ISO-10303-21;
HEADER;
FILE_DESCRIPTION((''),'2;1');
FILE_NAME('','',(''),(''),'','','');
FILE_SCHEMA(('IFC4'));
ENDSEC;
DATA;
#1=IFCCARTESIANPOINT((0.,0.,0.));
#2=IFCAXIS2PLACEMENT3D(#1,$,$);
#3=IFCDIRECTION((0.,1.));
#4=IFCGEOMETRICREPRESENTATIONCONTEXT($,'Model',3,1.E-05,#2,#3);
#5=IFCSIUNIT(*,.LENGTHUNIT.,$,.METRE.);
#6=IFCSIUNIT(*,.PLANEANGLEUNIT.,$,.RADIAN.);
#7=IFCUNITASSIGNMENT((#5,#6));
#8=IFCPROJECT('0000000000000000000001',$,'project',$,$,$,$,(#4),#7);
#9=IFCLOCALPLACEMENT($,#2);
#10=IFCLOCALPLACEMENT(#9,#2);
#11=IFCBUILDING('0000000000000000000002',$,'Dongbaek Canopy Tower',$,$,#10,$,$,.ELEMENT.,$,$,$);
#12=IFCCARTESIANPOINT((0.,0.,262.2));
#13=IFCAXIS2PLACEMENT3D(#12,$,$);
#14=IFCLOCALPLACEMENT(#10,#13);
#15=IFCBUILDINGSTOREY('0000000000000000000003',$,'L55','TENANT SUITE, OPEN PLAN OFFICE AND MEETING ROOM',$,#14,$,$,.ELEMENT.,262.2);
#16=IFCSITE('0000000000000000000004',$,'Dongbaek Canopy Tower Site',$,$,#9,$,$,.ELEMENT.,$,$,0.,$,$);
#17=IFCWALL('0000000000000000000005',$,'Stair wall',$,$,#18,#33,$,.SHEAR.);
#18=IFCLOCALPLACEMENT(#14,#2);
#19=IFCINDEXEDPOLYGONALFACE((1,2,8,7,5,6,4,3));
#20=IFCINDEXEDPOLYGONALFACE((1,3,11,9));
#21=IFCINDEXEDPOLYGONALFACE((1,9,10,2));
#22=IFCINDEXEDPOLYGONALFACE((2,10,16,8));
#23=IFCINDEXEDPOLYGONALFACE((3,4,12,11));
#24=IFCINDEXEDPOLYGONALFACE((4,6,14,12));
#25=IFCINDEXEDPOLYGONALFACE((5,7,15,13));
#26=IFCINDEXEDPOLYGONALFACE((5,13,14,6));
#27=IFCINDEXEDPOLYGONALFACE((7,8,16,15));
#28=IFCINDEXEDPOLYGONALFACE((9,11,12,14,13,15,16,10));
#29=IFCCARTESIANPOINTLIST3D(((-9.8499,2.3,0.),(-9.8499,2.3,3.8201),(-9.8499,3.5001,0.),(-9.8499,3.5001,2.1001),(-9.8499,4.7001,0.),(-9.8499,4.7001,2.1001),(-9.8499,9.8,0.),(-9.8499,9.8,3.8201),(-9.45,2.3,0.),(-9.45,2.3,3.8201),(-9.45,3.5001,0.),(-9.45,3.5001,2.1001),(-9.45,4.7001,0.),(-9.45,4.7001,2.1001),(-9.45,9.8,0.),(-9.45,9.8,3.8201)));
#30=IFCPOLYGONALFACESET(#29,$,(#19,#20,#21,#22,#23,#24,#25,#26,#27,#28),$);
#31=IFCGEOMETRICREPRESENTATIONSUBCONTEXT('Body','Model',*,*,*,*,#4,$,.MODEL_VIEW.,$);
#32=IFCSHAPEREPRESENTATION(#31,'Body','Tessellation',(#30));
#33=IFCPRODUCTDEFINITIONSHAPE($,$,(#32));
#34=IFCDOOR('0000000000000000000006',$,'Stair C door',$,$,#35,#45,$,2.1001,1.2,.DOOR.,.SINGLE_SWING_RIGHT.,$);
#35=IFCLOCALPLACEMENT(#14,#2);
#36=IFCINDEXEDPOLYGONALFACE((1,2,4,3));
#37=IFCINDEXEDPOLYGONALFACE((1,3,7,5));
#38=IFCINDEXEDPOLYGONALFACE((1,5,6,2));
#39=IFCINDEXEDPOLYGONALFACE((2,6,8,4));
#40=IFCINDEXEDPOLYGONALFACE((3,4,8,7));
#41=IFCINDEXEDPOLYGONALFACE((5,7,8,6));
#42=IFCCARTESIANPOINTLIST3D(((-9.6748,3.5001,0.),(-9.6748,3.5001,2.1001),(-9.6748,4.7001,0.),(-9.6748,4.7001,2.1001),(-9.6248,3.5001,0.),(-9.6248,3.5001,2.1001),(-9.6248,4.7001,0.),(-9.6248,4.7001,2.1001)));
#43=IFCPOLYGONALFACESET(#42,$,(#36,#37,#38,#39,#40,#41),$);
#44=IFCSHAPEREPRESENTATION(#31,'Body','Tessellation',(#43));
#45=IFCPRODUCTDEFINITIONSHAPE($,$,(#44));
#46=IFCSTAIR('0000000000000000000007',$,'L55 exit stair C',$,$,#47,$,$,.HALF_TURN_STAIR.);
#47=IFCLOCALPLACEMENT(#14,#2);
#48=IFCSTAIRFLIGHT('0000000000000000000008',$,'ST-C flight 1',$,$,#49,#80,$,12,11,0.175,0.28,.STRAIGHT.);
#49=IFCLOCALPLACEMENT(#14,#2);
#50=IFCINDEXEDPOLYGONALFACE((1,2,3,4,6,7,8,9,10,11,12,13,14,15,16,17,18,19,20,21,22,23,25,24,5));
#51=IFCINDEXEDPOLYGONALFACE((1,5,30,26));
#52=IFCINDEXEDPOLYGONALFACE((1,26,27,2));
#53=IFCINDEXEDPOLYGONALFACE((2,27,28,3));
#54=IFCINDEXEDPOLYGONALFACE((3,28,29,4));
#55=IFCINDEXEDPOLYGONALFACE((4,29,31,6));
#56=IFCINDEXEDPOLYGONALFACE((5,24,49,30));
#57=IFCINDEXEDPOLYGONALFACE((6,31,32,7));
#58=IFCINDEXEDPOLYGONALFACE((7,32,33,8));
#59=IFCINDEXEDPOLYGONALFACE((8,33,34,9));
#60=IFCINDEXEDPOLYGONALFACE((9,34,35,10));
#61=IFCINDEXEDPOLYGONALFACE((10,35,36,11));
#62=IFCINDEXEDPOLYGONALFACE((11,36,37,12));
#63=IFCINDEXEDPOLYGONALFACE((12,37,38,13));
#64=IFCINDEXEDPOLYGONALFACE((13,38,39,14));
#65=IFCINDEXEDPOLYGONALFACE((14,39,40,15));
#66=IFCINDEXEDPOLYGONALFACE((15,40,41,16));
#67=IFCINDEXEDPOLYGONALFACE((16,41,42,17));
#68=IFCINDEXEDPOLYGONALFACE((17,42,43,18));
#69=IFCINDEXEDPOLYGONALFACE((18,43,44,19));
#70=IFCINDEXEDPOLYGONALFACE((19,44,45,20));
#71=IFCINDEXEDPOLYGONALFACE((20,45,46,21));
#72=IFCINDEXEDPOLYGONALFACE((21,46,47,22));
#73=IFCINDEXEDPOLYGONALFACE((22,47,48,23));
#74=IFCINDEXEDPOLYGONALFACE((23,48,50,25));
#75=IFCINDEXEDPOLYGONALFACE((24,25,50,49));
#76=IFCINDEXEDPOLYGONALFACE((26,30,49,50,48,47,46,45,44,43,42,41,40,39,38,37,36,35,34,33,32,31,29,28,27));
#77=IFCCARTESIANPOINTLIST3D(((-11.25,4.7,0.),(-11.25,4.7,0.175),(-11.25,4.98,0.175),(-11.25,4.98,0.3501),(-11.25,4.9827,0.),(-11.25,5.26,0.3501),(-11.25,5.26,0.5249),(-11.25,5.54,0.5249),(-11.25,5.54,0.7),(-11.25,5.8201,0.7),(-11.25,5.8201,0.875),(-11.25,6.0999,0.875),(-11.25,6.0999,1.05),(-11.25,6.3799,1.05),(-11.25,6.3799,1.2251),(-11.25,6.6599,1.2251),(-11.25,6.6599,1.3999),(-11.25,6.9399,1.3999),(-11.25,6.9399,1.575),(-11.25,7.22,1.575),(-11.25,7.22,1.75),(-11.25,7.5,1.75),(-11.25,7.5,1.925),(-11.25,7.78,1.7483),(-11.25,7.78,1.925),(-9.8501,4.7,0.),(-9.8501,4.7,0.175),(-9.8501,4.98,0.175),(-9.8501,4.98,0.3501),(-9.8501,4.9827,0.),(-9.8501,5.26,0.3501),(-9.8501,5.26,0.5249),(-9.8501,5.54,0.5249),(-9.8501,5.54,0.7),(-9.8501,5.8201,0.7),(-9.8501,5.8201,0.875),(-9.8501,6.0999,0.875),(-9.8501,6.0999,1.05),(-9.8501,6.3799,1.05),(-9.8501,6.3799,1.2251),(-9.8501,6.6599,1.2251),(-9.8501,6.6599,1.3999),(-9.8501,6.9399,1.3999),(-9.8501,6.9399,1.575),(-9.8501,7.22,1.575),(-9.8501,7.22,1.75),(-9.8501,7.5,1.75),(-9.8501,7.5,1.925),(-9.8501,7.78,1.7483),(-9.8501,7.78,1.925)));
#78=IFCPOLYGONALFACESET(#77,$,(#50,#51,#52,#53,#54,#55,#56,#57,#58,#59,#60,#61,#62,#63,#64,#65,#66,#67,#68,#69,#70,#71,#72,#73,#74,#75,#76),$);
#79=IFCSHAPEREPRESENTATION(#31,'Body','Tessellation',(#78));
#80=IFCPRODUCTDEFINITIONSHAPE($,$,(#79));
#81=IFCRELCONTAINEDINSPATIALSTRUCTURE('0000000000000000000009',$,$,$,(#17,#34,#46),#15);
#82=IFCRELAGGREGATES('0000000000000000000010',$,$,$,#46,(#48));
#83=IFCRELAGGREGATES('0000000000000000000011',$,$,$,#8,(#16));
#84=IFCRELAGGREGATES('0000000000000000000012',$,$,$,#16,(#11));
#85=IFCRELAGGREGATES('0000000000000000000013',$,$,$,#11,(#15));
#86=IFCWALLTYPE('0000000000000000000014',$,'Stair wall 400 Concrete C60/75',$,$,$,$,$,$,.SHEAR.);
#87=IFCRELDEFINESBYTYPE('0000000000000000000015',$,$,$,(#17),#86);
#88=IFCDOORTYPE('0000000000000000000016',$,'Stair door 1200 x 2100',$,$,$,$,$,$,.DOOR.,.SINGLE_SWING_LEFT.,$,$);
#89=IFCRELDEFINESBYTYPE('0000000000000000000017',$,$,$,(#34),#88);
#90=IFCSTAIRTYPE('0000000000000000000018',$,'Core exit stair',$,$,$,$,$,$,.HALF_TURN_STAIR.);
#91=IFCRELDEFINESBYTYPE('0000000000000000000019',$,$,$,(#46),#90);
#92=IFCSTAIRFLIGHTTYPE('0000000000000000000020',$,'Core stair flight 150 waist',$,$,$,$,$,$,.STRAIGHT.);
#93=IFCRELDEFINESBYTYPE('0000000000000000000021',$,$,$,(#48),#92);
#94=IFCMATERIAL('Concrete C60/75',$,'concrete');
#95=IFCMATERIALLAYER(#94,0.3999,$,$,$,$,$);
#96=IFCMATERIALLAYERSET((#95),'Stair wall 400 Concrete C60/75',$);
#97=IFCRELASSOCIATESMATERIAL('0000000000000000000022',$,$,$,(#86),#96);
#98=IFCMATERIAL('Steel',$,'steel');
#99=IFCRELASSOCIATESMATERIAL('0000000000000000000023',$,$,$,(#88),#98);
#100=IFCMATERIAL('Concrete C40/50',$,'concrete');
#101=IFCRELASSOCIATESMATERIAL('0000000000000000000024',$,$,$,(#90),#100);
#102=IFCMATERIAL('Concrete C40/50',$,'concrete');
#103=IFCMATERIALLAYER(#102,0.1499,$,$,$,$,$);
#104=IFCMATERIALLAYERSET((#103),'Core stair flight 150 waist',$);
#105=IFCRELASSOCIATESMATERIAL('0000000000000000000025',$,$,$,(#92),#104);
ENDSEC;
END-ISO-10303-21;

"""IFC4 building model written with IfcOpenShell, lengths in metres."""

from ifc_helpers import new_model, si_unit, direction, frame, frame_2d, origin, place, context, subcontext, project, spatial, polyline, rectangle, outline, extrude, material, layer, layer_set, type_object, element, fill, aggregate, save


model = new_model("IFC4")

# Units and contexts
model_context = context("Model", 3, precision=1e-05, world=origin(), true_north=direction((0.0, 1.0)))
body_context = subcontext(model_context, "Body", "Model", "MODEL_VIEW")
ifc_project = project(units=[si_unit("LENGTHUNIT", "METRE"), si_unit("PLANEANGLEUNIT", "RADIAN")], contexts=[model_context])

# Site, building, storey
site_placement = place(None, origin())
site = spatial("IfcSite", under=ifc_project, at=site_placement, Name="Dongbaek Canopy Tower Site", CompositionType="ELEMENT", RefElevation=0.0)
building_placement = place(site_placement, origin())
building = spatial("IfcBuilding", under=site, at=building_placement, Name="Dongbaek Canopy Tower", CompositionType="ELEMENT")
storey_placement = place(building_placement, frame((0.0, 0.0, 262.2)))
storey = spatial("IfcBuildingStorey", under=building, at=storey_placement, Name="L55", Description="TENANT SUITE, OPEN PLAN OFFICE AND MEETING ROOM", CompositionType="ELEMENT", Elevation=262.2)

# Wall, opening, door
ifc_material_1 = material(Name="Concrete C60/75", Category="concrete")
ifc_layer_1 = layer(ifc_material_1, 0.3999)
ifc_layer_set_1 = layer_set([ifc_layer_1], Name="Stair wall 400 Concrete C60/75")
wall_type_1 = type_object("IfcWallType", Name="Stair wall 400 Concrete C60/75", PredefinedType="SHEAR", material=ifc_layer_set_1)
wall_1_placement = place(storey_placement, frame((-9.6499, 2.3, 0.0), z_axis=(0.0, 0.0, 1.0), x_axis=(0.0, 1.0, 0.0)))
wall_1 = element("IfcWall", 1, at=wall_1_placement, inside=storey, type_object=wall_type_1, Name="Stair wall", PredefinedType="SHEAR", context=body_context, shape_type="SweptSolid", body=[
    extrude(rectangle(XDim=7.5, YDim=0.3999, at=frame_2d((3.75, 0.0))), origin(), (0.0, 0.0, 1.0), 3.8201),
])
opening_1_placement = place(wall_1_placement, frame((1.2, 0.0, 0.0)))
opening_1 = element("IfcOpeningElement", 2, at=opening_1_placement, cuts=wall_1, PredefinedType="OPENING", context=body_context, shape_type="SweptSolid", body=[
    extrude(rectangle(XDim=1.2, YDim=2.1001, at=frame_2d((0.6001, 1.05))), frame((0.0, 0.21, 0.0), z_axis=(0.0, -1.0, 0.0), x_axis=(1.0, 0.0, 0.0)), (0.0, 0.0, 1.0), 0.4199),
])
ifc_material_2 = material(Name="Steel", Category="steel")
door_type_1 = type_object("IfcDoorType", Name="Stair door 1200 x 2100", OperationType="SINGLE_SWING_LEFT", PredefinedType="DOOR", material=ifc_material_2)
door_1_placement = place(opening_1_placement, origin())
door_1 = element("IfcDoor", 3, at=door_1_placement, inside=storey, type_object=door_type_1, Name="Stair C door", OperationType="SINGLE_SWING_RIGHT", OverallHeight=2.1001, OverallWidth=1.2, PredefinedType="DOOR", context=body_context, shape_type="SweptSolid", body=[
    extrude(rectangle(XDim=1.2, YDim=2.1001, at=frame_2d((0.6001, 1.05))), frame((0.0, 0.0249, 0.0), z_axis=(0.0, -1.0, 0.0), x_axis=(1.0, 0.0, 0.0)), (0.0, 0.0, 1.0), 0.05),
])
fill(opening_1, door_1)

# Stair, stair flight
ifc_material_3 = material(Name="Concrete C40/50", Category="concrete")
stair_type = type_object("IfcStairType", Name="Core exit stair", PredefinedType="HALF_TURN_STAIR", material=ifc_material_3)
stair_placement = place(storey_placement, origin())
stair = element("IfcStair", 4, at=stair_placement, inside=storey, type_object=stair_type, Name="L55 exit stair C", PredefinedType="HALF_TURN_STAIR")
ifc_material_4 = material(Name="Concrete C40/50", Category="concrete")
ifc_layer_2 = layer(ifc_material_4, 0.1499)
ifc_layer_set_2 = layer_set([ifc_layer_2], Name="Core stair flight 150 waist")
stair_flight_type = type_object("IfcStairFlightType", Name="Core stair flight 150 waist", PredefinedType="STRAIGHT", material=ifc_layer_set_2)
stair_flight_placement = place(storey_placement, frame((-10.55, 4.7, 0.0), z_axis=(0.0, 0.0, 1.0), x_axis=(0.0, 1.0, 0.0)))
stair_flight = element("IfcStairFlight", 5, at=stair_flight_placement, type_object=stair_flight_type, Name="ST-C flight 1", NumberOfRisers=12, NumberOfTreads=11, PredefinedType="STRAIGHT", RiserHeight=0.175, TreadLength=0.28, context=body_context, shape_type="SweptSolid", body=[
    extrude(outline(polyline([(0.0, 0.0), (0.0, 0.175), (0.28, 0.175), (0.28, 0.3501), (0.5601, 0.3501), (0.5601, 0.5249), (0.8401, 0.5249), (0.8401, 0.7), (1.1201, 0.7), (1.1201, 0.875), (1.3999, 0.875), (1.3999, 1.05), (1.6799, 1.05), (1.6799, 1.2251), (1.96, 1.2251), (1.96, 1.3999), (2.24, 1.3999), (2.24, 1.575), (2.52, 1.575), (2.52, 1.75), (2.8, 1.75), (2.8, 1.925), (3.0801, 1.925), (3.0801, 2.1001), (3.0801, 1.7483), (0.2827, 0.0), (0.0, 0.0)])), frame((0.0, 0.7, 0.0), z_axis=(0.0, -1.0, 0.0), x_axis=(1.0, 0.0, 0.0)), (0.0, 0.0, 1.0), 1.3999),
])
aggregate(stair, [stair_flight])

save(model, "model.ifc")
